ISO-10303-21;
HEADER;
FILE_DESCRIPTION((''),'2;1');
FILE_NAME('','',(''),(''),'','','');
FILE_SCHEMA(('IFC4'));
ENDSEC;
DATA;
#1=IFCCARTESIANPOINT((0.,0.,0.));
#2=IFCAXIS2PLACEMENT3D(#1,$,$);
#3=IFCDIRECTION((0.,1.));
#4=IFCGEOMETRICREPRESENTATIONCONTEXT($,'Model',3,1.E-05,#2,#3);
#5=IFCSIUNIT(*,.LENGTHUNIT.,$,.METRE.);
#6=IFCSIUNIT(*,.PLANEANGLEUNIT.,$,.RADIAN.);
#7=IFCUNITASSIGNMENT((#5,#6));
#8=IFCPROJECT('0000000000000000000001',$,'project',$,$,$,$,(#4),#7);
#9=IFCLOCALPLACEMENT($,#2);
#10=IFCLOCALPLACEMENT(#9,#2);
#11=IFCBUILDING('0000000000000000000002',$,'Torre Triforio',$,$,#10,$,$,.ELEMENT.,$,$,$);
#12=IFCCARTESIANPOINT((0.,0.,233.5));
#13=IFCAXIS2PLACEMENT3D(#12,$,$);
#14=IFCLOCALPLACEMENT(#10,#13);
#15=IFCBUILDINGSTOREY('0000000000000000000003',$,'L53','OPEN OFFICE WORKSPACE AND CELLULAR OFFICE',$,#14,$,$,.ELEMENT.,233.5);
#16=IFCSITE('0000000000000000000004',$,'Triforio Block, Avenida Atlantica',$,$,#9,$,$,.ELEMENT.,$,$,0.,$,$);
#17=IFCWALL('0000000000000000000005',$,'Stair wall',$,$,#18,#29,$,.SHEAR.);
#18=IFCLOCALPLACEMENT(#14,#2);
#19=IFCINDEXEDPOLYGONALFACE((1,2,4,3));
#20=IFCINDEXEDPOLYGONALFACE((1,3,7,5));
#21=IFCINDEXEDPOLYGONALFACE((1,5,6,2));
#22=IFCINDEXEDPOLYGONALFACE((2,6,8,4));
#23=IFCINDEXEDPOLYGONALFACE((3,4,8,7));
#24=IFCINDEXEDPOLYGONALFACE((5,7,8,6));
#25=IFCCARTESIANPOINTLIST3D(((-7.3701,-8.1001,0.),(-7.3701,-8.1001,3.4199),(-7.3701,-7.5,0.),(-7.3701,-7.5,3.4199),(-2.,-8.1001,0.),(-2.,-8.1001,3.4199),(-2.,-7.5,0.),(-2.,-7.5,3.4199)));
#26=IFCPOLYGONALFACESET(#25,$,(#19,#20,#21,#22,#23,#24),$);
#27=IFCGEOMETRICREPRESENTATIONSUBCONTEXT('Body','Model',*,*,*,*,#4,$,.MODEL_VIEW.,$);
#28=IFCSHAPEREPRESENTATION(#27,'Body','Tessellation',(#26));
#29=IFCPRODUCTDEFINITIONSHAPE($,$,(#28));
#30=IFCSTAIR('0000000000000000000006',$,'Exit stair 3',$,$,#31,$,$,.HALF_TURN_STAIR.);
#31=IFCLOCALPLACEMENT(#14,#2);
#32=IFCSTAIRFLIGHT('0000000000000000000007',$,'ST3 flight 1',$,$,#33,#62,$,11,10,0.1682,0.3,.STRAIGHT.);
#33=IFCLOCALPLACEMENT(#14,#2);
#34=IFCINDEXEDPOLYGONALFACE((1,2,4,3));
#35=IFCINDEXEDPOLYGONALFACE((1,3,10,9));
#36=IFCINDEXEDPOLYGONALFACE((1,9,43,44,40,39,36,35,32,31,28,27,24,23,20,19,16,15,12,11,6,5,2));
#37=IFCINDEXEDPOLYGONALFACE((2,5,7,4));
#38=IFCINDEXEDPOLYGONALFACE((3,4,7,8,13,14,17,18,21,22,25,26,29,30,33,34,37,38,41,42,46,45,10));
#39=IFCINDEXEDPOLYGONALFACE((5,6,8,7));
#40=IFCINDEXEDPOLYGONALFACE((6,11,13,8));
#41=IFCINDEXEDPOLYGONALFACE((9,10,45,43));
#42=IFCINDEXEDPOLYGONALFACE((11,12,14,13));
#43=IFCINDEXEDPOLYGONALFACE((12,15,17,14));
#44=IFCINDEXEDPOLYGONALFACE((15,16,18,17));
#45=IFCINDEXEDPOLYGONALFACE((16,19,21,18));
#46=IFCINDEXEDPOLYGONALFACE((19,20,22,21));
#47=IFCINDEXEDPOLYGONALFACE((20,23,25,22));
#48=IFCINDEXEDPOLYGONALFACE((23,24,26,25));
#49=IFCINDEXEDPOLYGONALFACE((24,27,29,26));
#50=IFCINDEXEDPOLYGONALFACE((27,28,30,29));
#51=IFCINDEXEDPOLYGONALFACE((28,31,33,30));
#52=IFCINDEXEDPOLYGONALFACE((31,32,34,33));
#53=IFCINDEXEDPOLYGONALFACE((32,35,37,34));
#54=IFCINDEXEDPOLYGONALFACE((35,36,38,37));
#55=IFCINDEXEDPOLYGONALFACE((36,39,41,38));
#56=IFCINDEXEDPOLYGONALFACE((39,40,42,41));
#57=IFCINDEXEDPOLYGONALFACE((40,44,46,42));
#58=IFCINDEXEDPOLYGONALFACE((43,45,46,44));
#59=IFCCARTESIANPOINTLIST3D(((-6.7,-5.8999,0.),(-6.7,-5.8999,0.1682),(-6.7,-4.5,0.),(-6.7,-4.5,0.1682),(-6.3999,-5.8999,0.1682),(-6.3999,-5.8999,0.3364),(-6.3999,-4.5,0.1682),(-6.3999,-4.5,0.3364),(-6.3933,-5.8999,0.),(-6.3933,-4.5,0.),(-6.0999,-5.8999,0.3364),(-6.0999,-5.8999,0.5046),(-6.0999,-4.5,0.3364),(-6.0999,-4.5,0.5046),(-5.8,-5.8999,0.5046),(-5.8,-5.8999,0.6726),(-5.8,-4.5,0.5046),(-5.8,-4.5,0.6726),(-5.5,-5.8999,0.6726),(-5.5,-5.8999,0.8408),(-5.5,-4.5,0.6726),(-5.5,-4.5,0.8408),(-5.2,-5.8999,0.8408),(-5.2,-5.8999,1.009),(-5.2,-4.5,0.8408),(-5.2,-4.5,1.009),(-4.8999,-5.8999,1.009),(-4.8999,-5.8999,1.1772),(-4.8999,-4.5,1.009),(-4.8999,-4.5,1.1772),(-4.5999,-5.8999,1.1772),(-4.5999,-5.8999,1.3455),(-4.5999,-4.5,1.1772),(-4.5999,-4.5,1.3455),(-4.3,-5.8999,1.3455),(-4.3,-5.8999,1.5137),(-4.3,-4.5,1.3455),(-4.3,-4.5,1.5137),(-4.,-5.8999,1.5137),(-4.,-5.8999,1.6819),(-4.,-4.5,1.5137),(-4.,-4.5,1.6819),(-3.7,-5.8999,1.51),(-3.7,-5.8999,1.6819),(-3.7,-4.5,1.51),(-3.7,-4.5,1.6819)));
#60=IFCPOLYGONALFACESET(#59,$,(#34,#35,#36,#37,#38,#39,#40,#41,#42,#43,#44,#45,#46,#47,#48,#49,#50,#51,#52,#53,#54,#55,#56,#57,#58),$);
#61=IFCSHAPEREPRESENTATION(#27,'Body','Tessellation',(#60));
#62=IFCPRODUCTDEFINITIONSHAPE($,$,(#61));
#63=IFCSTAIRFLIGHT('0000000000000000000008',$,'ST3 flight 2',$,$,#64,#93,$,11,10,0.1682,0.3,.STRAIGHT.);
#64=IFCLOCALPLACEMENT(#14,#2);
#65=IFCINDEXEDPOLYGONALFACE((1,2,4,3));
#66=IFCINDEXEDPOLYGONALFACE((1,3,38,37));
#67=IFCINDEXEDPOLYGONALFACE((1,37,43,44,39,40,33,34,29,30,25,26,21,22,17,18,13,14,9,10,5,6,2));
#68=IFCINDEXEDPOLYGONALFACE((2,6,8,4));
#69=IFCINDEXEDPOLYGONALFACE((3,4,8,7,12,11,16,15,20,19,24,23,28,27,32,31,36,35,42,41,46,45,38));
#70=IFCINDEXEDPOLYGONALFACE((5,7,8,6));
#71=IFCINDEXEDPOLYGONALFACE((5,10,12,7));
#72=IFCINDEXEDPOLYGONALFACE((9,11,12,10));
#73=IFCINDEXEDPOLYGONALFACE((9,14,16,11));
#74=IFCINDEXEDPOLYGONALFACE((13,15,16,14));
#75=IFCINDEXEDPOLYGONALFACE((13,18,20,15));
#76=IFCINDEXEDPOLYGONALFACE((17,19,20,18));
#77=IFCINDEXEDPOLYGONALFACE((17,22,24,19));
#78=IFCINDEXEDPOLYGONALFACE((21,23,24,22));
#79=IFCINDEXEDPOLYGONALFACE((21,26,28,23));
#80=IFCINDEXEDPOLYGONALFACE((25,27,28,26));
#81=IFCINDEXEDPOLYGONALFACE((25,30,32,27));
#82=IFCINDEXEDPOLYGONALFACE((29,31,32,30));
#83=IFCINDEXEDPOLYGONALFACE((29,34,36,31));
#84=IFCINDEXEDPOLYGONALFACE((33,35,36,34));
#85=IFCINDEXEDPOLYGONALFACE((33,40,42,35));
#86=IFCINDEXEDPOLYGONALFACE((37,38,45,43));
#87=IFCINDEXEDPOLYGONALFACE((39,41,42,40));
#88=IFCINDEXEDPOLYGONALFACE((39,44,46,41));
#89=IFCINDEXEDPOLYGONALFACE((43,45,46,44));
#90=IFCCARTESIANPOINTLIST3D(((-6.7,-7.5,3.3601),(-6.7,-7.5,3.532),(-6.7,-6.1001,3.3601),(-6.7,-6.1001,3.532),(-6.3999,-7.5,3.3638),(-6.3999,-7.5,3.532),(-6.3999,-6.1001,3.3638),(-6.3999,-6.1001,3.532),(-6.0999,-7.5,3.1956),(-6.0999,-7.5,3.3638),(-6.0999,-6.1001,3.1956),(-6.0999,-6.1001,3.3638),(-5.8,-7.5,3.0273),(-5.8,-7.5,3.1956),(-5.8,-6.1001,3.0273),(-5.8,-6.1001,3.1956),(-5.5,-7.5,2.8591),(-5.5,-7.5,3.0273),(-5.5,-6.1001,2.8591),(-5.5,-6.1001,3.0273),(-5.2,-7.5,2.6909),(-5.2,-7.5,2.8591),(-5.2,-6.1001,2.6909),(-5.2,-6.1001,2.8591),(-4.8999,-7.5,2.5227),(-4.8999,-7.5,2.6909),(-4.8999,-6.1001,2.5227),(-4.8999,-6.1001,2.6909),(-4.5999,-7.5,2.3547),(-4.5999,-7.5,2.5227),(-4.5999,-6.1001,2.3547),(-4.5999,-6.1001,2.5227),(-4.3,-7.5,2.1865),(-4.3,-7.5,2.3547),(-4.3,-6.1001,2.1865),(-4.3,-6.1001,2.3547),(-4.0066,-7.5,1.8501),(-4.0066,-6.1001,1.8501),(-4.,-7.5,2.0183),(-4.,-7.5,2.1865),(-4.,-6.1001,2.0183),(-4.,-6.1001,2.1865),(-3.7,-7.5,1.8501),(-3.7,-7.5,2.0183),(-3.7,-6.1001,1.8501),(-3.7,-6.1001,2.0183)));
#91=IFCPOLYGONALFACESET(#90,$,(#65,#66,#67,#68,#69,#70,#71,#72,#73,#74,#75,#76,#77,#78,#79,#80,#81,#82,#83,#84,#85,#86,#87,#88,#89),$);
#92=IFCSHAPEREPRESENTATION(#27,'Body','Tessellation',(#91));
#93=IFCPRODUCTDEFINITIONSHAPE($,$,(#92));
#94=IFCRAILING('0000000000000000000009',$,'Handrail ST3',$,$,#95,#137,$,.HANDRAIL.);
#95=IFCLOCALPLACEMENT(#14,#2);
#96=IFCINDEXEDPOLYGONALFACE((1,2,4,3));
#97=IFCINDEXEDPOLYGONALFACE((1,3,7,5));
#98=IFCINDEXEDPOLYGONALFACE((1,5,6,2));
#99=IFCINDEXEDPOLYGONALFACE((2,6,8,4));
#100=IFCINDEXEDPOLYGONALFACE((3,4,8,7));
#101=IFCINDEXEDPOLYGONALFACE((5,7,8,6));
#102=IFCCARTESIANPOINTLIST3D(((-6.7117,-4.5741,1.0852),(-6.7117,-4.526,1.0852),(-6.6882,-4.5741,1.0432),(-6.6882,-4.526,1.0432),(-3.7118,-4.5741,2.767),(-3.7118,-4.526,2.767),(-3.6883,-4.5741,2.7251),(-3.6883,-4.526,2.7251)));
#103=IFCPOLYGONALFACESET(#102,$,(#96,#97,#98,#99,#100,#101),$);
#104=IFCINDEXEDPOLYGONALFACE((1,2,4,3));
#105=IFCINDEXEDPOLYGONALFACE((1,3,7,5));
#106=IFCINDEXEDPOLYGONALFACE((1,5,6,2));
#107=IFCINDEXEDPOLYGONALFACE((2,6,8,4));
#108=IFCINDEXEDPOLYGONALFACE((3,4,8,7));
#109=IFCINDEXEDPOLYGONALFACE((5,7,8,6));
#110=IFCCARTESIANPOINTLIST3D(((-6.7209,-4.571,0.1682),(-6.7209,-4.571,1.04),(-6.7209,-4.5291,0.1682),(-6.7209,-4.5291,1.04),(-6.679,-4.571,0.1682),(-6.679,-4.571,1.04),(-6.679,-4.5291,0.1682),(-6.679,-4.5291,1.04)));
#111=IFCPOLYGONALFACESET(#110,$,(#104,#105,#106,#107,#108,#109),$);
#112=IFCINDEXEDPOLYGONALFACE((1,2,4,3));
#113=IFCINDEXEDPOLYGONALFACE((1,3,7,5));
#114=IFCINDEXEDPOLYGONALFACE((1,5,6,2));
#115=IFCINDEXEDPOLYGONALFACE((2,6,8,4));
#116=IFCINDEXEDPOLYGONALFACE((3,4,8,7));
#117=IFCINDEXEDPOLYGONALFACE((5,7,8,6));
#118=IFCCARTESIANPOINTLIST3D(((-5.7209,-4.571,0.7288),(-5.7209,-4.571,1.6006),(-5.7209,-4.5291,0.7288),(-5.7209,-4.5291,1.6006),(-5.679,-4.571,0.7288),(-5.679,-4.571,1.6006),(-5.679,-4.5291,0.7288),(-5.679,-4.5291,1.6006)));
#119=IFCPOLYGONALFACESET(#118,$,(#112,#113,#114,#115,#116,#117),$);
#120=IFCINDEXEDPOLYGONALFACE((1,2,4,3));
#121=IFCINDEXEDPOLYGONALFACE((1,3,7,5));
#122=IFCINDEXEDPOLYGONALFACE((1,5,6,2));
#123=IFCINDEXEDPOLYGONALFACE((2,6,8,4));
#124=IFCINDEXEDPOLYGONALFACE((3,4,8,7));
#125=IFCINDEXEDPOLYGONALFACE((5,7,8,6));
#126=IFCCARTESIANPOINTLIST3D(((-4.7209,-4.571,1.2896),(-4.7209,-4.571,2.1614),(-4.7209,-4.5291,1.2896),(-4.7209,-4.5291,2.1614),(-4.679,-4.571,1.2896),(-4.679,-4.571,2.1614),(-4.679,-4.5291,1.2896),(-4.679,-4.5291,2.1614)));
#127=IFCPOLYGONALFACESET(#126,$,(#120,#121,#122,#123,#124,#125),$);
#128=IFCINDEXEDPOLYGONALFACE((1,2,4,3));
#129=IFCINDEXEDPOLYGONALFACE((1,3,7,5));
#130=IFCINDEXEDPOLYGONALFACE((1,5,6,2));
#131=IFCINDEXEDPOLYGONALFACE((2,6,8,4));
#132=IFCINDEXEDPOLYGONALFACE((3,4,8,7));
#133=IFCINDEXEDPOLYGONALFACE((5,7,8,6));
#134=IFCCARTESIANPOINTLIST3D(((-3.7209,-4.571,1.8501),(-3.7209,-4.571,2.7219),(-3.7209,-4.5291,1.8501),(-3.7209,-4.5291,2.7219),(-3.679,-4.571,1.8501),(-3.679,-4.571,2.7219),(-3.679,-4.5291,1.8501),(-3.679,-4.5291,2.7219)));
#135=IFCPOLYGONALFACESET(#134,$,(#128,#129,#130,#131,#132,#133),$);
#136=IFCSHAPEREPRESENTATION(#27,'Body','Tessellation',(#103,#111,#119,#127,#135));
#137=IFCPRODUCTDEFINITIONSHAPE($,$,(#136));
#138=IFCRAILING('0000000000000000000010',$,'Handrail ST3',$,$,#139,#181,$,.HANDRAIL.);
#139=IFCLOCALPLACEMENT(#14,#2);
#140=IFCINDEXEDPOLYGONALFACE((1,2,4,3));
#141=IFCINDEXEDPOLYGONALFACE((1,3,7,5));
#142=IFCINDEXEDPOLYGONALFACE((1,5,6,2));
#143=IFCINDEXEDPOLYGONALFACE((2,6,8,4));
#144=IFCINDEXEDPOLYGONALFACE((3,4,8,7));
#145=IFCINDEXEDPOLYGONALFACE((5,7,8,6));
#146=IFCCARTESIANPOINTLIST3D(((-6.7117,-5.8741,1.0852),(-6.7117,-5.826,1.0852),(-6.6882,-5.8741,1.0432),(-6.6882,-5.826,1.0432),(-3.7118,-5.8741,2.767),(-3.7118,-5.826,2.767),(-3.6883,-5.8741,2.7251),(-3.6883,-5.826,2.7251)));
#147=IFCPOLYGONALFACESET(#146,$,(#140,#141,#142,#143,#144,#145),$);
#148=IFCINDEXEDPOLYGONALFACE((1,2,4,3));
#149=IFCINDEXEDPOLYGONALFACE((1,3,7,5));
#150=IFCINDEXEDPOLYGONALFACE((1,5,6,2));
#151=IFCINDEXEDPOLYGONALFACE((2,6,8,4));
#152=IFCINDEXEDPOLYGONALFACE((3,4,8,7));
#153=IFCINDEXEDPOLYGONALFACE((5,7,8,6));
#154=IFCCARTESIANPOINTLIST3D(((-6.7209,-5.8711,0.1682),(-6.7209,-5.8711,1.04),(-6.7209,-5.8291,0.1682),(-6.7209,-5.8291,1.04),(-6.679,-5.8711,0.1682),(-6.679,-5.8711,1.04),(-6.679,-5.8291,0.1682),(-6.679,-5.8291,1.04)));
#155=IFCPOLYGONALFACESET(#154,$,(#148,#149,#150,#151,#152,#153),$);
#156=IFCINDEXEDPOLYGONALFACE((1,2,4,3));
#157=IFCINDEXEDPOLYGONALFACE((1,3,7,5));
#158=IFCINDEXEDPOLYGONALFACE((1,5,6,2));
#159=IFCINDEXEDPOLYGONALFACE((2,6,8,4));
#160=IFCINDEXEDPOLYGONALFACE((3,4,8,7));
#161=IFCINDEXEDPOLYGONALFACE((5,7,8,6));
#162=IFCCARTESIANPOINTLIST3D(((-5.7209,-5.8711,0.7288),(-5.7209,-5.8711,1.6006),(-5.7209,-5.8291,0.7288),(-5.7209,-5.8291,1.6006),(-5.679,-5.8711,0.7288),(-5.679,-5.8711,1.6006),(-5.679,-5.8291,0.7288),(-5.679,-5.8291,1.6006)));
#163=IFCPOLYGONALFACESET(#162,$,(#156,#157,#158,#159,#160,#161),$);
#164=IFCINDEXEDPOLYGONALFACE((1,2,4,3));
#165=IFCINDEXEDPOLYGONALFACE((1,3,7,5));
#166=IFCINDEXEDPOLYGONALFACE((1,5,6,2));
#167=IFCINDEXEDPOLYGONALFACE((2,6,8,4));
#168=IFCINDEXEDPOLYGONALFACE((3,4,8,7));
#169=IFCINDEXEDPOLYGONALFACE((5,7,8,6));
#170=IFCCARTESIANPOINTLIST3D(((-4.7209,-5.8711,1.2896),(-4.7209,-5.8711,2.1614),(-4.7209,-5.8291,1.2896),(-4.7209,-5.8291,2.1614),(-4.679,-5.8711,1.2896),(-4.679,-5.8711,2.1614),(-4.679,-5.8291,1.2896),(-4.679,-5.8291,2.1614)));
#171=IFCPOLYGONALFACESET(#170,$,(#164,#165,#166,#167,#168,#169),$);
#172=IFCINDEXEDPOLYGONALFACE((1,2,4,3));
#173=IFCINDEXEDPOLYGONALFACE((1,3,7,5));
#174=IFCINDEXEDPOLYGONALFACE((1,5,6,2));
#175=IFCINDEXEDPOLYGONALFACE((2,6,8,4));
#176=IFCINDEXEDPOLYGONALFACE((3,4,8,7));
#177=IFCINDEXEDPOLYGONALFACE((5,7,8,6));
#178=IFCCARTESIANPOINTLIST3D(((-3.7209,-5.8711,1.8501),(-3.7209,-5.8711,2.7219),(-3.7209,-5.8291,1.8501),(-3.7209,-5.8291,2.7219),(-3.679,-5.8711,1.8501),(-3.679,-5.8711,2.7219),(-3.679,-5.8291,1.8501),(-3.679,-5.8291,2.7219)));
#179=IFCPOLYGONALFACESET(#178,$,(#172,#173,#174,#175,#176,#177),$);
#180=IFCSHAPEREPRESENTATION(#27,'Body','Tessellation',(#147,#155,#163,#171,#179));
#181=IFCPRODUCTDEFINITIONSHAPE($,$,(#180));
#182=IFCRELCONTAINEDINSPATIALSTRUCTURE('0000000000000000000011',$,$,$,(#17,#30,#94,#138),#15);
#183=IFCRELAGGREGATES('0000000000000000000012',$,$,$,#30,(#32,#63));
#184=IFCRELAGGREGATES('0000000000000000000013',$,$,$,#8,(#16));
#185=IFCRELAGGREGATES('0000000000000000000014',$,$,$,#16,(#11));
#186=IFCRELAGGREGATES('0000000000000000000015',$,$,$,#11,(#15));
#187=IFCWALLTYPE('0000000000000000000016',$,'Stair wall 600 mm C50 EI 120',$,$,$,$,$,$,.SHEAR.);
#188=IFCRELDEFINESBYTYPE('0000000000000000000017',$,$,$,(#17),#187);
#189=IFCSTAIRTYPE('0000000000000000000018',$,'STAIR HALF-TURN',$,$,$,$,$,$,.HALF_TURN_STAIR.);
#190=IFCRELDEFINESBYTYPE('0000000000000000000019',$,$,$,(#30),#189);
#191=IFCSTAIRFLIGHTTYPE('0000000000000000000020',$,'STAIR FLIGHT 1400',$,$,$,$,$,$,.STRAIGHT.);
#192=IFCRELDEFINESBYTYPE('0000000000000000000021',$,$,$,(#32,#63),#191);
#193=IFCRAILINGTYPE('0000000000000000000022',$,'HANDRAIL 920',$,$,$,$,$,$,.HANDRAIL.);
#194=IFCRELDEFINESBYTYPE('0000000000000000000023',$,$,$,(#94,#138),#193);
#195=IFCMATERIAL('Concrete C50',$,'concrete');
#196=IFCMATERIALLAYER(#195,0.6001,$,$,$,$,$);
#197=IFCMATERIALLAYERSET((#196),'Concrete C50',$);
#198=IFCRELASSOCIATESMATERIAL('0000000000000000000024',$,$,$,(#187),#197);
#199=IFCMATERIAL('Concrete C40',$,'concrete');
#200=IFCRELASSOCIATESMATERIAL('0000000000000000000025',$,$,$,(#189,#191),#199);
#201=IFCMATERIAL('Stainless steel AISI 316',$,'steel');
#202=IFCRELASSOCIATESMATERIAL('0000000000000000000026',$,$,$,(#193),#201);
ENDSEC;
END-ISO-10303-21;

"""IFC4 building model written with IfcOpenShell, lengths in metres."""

from ifc_helpers import new_model, si_unit, direction, frame, frame_2d, origin, origin_2d, place, context, subcontext, project, spatial, polyline, rectangle, outline, extrude, material, layer, layer_set, type_object, element, aggregate, save


model = new_model("IFC4")

# Units and contexts
model_context = context("Model", 3, precision=1e-05, world=origin(), true_north=direction((0.0, 1.0)))
body_context = subcontext(model_context, "Body", "Model", "MODEL_VIEW")
ifc_project = project(units=[si_unit("LENGTHUNIT", "METRE"), si_unit("PLANEANGLEUNIT", "RADIAN")], contexts=[model_context])

# Site, building, storey
site_placement = place(None, origin())
site = spatial("IfcSite", under=ifc_project, at=site_placement, Name="Triforio Block, Avenida Atlantica", CompositionType="ELEMENT", RefElevation=0.0)
building_placement = place(site_placement, origin())
building = spatial("IfcBuilding", under=site, at=building_placement, Name="Torre Triforio", CompositionType="ELEMENT")
storey_placement = place(building_placement, frame((0.0, 0.0, 233.5)))
storey = spatial("IfcBuildingStorey", under=building, at=storey_placement, Name="L53", Description="OPEN OFFICE WORKSPACE AND CELLULAR OFFICE", CompositionType="ELEMENT", Elevation=233.5)

# Shared definitions
ifc_material_1 = material(Name="Concrete C40", Category="concrete")

# Shared definitions
ifc_material_2 = material(Name="Concrete C50", Category="concrete")

# Wall
ifc_layer_1 = layer(ifc_material_2, 0.6001)
ifc_layer_set_1 = layer_set([ifc_layer_1], Name="Concrete C50")
wall_type_1 = type_object("IfcWallType", Name="Stair wall 600 mm C50 EI 120", PredefinedType="SHEAR", material=ifc_layer_set_1)
wall_1_placement = place(storey_placement, frame((-7.3701, -7.8, 0.0), z_axis=(0.0, 0.0, 1.0), x_axis=(1.0, 0.0, 0.0)))
element("IfcWall", 1, at=wall_1_placement, inside=storey, type_object=wall_type_1, Name="Stair wall", PredefinedType="SHEAR", context=body_context, shape_type="SweptSolid", body=[
    extrude(rectangle(XDim=5.3701, YDim=0.6001, at=frame_2d((2.6851, 0.0))), origin(), (0.0, 0.0, 1.0), 3.4199),
])

# Stair, stair flights
stair_type = type_object("IfcStairType", Name="STAIR HALF-TURN", PredefinedType="HALF_TURN_STAIR", material=ifc_material_1)
stair_placement = place(storey_placement, origin())
stair = element("IfcStair", 2, at=stair_placement, inside=storey, type_object=stair_type, Name="Exit stair 3", PredefinedType="HALF_TURN_STAIR")
stair_flight_type = type_object("IfcStairFlightType", Name="STAIR FLIGHT 1400", PredefinedType="STRAIGHT", material=ifc_material_1)
stair_flight_1_placement = place(storey_placement, frame((-6.7, -5.2, 0.0), z_axis=(0.0, 0.0, 1.0), x_axis=(1.0, 0.0, 0.0)))
stair_flight_1 = element("IfcStairFlight", 3, at=stair_flight_1_placement, type_object=stair_flight_type, Name="ST3 flight 1", NumberOfRisers=11, NumberOfTreads=10, PredefinedType="STRAIGHT", RiserHeight=0.1682, TreadLength=0.3, context=body_context, shape_type="SweptSolid", body=[
    extrude(outline(polyline([(0.0, 0.0), (0.0, 0.1682), (0.3, 0.1682), (0.3, 0.3364), (0.6001, 0.3364), (0.6001, 0.5046), (0.8999, 0.5046), (0.8999, 0.6726), (1.2, 0.6726), (1.2, 0.8408), (1.5, 0.8408), (1.5, 1.009), (1.8, 1.009), (1.8, 1.1772), (2.1001, 1.1772), (2.1001, 1.3455), (2.3999, 1.3455), (2.3999, 1.5137), (2.7, 1.5137), (2.7, 1.6819), (3.0, 1.6819), (3.0, 1.8501), (3.0, 1.51), (0.3066, 0.0), (0.0, 0.0)])), frame((0.0, 0.7, 0.0), z_axis=(0.0, -1.0, 0.0), x_axis=(1.0, 0.0, 0.0)), (0.0, 0.0, 1.0), 1.3999),
])
stair_flight_2_placement = place(storey_placement, frame((-3.7, -6.8, 1.8501), z_axis=(0.0, 0.0, 1.0), x_axis=(-1.0, 0.0, 0.0)))
stair_flight_2 = element("IfcStairFlight", 4, at=stair_flight_2_placement, type_object=stair_flight_type, Name="ST3 flight 2", NumberOfRisers=11, NumberOfTreads=10, PredefinedType="STRAIGHT", RiserHeight=0.1682, TreadLength=0.3, context=body_context, shape_type="SweptSolid", body=[
    extrude(outline(polyline([(0.0, 0.0), (0.0, 0.1682), (0.3, 0.1682), (0.3, 0.3364), (0.6001, 0.3364), (0.6001, 0.5046), (0.8999, 0.5046), (0.8999, 0.6726), (1.2, 0.6726), (1.2, 0.8408), (1.5, 0.8408), (1.5, 1.009), (1.8, 1.009), (1.8, 1.1772), (2.1001, 1.1772), (2.1001, 1.3455), (2.3999, 1.3455), (2.3999, 1.5137), (2.7, 1.5137), (2.7, 1.6819), (3.0, 1.6819), (3.0, 1.8501), (3.0, 1.51), (0.3066, 0.0), (0.0, 0.0)])), frame((0.0, 0.7, 0.0), z_axis=(0.0, -1.0, 0.0), x_axis=(1.0, 0.0, 0.0)), (0.0, 0.0, 1.0), 1.3999),
])
aggregate(stair, [stair_flight_1, stair_flight_2])

# Railings
ifc_material_3 = material(Name="Stainless steel AISI 316", Category="steel")
railing_type = type_object("IfcRailingType", Name="HANDRAIL 920", PredefinedType="HANDRAIL", material=ifc_material_3)
for number, where, name in (
    (5, (-6.7, -4.55, 0.1682), "Handrail ST3"),
    (6, (-6.7, -5.8501, 0.1682), "Handrail ST3"),
):
    element("IfcRailing", number, at=place(storey_placement, frame(where)), inside=storey, type_object=railing_type, Name=name, PredefinedType="HANDRAIL", context=body_context, shape_type="SweptSolid", body=[
        extrude(rectangle(XDim=0.0481, YDim=0.0481, at=origin_2d()), frame((0.0, 0.0, 0.896), z_axis=(0.872272, 0.0, 0.48902), x_axis=(0.0, 1.0, 0.0)), (0.0, 0.0, 1.0), 3.4392),
        extrude(rectangle(XDim=0.042, YDim=0.042, at=origin_2d()), origin(), (0.0, 0.0, 1.0), 0.8718),
        extrude(rectangle(XDim=0.042, YDim=0.042, at=origin_2d()), frame((1.0, 0.0, 0.5605)), (0.0, 0.0, 1.0), 0.8718),
        extrude(rectangle(XDim=0.042, YDim=0.042, at=origin_2d()), frame((2.0, 0.0, 1.1213)), (0.0, 0.0, 1.0), 0.8718),
        extrude(rectangle(XDim=0.042, YDim=0.042, at=origin_2d()), frame((3.0, 0.0, 1.6819)), (0.0, 0.0, 1.0), 0.8718),
    ])

save(model, "model.ifc")
